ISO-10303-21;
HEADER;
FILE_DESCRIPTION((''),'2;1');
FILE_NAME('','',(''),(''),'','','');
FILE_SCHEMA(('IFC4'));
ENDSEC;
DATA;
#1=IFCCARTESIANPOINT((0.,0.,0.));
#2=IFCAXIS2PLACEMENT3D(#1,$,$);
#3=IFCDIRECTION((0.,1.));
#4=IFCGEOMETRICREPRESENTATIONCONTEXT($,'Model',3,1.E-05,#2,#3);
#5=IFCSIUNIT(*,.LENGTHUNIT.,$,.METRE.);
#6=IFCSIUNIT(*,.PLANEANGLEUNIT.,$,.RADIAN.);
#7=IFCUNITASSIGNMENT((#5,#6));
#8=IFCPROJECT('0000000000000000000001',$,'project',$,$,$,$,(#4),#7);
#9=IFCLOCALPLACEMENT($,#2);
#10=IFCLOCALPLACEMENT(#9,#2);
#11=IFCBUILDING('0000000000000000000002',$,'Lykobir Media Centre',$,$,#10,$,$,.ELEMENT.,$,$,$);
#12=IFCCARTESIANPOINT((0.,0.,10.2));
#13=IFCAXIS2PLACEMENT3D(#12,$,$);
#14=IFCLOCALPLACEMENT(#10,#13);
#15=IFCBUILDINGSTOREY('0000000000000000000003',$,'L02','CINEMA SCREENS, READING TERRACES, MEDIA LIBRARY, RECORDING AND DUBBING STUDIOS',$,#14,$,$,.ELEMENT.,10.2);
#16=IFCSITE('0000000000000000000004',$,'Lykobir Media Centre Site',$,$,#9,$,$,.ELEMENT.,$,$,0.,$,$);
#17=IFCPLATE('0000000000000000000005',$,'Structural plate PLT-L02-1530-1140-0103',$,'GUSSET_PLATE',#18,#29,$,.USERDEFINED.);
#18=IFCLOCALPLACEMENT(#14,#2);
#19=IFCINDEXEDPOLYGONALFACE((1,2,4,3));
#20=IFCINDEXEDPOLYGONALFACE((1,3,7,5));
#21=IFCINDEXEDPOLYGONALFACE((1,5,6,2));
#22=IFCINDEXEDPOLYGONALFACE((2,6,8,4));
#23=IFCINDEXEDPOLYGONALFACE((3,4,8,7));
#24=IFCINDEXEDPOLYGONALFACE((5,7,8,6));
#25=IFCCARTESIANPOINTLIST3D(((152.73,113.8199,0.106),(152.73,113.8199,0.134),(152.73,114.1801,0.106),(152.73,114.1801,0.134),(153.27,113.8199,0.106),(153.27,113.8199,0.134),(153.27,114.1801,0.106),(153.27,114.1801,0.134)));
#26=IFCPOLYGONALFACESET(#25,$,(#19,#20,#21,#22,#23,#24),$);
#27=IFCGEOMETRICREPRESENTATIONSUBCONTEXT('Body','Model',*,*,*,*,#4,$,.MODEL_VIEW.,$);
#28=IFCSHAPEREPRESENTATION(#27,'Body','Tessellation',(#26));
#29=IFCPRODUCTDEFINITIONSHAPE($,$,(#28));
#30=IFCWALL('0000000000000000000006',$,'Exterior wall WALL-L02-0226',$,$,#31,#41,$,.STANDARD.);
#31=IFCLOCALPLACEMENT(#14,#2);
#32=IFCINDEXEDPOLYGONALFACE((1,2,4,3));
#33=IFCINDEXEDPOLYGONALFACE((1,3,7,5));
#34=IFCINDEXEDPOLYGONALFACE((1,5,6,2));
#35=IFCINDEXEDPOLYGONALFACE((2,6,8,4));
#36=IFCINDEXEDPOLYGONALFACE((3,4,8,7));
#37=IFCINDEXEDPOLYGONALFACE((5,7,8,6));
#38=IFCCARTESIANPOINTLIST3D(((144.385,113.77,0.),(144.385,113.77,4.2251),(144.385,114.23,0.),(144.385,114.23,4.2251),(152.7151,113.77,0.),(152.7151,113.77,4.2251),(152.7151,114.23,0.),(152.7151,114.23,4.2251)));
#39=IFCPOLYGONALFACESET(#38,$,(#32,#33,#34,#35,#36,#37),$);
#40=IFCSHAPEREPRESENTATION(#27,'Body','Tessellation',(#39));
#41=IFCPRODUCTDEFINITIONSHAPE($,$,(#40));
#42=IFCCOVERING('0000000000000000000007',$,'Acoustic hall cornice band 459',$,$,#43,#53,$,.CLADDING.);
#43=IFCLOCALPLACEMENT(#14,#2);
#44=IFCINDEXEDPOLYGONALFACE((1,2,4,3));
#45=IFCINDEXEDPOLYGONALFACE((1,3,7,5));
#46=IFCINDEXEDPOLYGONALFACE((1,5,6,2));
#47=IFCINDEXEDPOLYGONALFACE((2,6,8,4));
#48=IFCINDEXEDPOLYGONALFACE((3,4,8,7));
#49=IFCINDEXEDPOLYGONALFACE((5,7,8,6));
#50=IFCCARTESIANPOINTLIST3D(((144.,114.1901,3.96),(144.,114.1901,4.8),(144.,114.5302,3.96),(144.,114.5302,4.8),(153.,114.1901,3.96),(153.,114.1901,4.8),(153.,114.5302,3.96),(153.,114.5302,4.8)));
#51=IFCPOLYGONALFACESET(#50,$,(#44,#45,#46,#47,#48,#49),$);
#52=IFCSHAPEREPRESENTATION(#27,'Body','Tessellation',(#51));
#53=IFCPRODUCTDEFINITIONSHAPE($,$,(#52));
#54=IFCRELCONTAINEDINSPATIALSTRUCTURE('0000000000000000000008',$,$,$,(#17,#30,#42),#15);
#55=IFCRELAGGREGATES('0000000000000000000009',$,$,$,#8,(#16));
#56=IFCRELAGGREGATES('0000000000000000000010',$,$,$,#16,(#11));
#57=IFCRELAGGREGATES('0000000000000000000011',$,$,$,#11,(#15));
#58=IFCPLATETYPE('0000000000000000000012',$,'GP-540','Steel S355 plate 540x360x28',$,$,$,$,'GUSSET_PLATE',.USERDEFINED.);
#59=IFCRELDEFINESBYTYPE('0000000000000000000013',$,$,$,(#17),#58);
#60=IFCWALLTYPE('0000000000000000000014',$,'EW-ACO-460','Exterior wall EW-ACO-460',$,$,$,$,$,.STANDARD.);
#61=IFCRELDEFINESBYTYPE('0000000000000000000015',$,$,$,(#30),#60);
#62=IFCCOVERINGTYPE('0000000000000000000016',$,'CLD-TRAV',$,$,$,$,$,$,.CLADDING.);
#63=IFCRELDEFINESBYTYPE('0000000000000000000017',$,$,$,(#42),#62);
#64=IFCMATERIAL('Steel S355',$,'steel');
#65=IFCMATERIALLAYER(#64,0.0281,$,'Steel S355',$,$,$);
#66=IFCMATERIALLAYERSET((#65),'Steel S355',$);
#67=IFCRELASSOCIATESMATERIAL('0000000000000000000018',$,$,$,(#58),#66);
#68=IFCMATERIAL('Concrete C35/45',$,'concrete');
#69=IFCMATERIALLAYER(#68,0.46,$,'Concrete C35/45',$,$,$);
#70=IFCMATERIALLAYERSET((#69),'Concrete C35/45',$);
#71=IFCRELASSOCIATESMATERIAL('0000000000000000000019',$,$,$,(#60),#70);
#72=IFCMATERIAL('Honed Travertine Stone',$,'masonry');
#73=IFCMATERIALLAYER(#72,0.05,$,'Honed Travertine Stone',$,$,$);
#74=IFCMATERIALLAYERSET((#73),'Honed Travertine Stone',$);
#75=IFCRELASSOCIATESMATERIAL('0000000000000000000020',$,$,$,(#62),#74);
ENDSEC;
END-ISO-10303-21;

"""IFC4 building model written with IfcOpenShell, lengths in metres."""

from ifc_helpers import new_model, si_unit, direction, frame, frame_2d, origin, origin_2d, place, context, subcontext, project, spatial, rectangle, extrude, material, layer, layer_set, type_object, element, save


model = new_model("IFC4")

# Units and contexts
model_context = context("Model", 3, precision=1e-05, world=origin(), true_north=direction((0.0, 1.0)))
body_context = subcontext(model_context, "Body", "Model", "MODEL_VIEW")
ifc_project = project(units=[si_unit("LENGTHUNIT", "METRE"), si_unit("PLANEANGLEUNIT", "RADIAN")], contexts=[model_context])

# Site, building, storey
site_placement = place(None, origin())
site = spatial("IfcSite", under=ifc_project, at=site_placement, Name="Lykobir Media Centre Site", CompositionType="ELEMENT", RefElevation=0.0)
building_placement = place(site_placement, origin())
building = spatial("IfcBuilding", under=site, at=building_placement, Name="Lykobir Media Centre", CompositionType="ELEMENT")
storey_placement = place(building_placement, frame((0.0, 0.0, 10.2)))
storey = spatial("IfcBuildingStorey", under=building, at=storey_placement, Name="L02", Description="CINEMA SCREENS, READING TERRACES, MEDIA LIBRARY, RECORDING AND DUBBING STUDIOS", CompositionType="ELEMENT", Elevation=10.2)

# Shared definitions
ifc_material_1 = material(Name="Steel S355", Category="steel")

# Plate
ifc_layer_1 = layer(ifc_material_1, 0.0281, Name="Steel S355")
ifc_layer_set_1 = layer_set([ifc_layer_1], Name="Steel S355")
plate_type_1 = type_object("IfcPlateType", Name="GP-540", Description="Steel S355 plate 540x360x28", ElementType="GUSSET_PLATE", PredefinedType="USERDEFINED", material=ifc_layer_set_1)
plate_1_placement = place(storey_placement, frame((153.0, 114.0, 0.106), z_axis=(0.0, 0.0, 1.0), x_axis=(1.0, 0.0, 0.0)))
element("IfcPlate", 1, at=plate_1_placement, inside=storey, type_object=plate_type_1, Name="Structural plate PLT-L02-1530-1140-0103", ObjectType="GUSSET_PLATE", PredefinedType="USERDEFINED", context=body_context, shape_type="SweptSolid", body=[
    extrude(rectangle(XDim=0.54, YDim=0.3601, at=origin_2d()), origin(), (0.0, 0.0, 1.0), 0.0281),
])

# Wall
ifc_material_2 = material(Name="Concrete C35/45", Category="concrete")
ifc_layer_2 = layer(ifc_material_2, 0.46, Name="Concrete C35/45")
ifc_layer_set_2 = layer_set([ifc_layer_2], Name="Concrete C35/45")
wall_type = type_object("IfcWallType", Name="EW-ACO-460", Description="Exterior wall EW-ACO-460", PredefinedType="STANDARD", material=ifc_layer_set_2)
wall_placement = place(storey_placement, frame((152.7151, 114.0, 0.0), z_axis=(0.0, 0.0, 1.0), x_axis=(-1.0, 0.0, 0.0)))
element("IfcWall", 2, at=wall_placement, inside=storey, type_object=wall_type, Name="Exterior wall WALL-L02-0226", PredefinedType="STANDARD", context=body_context, shape_type="SweptSolid", body=[
    extrude(rectangle(XDim=8.3301, YDim=0.46, at=frame_2d((4.165, 0.0))), origin(), (0.0, 0.0, 1.0), 4.2251),
])

# Covering
ifc_material_3 = material(Name="Honed Travertine Stone", Category="masonry")
ifc_layer_3 = layer(ifc_material_3, 0.05, Name="Honed Travertine Stone")
ifc_layer_set_3 = layer_set([ifc_layer_3], Name="Honed Travertine Stone")
covering_type = type_object("IfcCoveringType", Name="CLD-TRAV", PredefinedType="CLADDING", material=ifc_layer_set_3)
covering_placement = place(storey_placement, frame((148.5, 114.3601, 3.96), z_axis=(0.0, 0.0, 1.0), x_axis=(-1.0, 0.0, 0.0)))
element("IfcCovering", 3, at=covering_placement, inside=storey, type_object=covering_type, Name="Acoustic hall cornice band 459", PredefinedType="CLADDING", context=body_context, shape_type="SweptSolid", body=[
    extrude(rectangle(XDim=9.0, YDim=0.3401, at=origin_2d()), origin(), (0.0, 0.0, 1.0), 0.8401),
])

save(model, "model.ifc")
